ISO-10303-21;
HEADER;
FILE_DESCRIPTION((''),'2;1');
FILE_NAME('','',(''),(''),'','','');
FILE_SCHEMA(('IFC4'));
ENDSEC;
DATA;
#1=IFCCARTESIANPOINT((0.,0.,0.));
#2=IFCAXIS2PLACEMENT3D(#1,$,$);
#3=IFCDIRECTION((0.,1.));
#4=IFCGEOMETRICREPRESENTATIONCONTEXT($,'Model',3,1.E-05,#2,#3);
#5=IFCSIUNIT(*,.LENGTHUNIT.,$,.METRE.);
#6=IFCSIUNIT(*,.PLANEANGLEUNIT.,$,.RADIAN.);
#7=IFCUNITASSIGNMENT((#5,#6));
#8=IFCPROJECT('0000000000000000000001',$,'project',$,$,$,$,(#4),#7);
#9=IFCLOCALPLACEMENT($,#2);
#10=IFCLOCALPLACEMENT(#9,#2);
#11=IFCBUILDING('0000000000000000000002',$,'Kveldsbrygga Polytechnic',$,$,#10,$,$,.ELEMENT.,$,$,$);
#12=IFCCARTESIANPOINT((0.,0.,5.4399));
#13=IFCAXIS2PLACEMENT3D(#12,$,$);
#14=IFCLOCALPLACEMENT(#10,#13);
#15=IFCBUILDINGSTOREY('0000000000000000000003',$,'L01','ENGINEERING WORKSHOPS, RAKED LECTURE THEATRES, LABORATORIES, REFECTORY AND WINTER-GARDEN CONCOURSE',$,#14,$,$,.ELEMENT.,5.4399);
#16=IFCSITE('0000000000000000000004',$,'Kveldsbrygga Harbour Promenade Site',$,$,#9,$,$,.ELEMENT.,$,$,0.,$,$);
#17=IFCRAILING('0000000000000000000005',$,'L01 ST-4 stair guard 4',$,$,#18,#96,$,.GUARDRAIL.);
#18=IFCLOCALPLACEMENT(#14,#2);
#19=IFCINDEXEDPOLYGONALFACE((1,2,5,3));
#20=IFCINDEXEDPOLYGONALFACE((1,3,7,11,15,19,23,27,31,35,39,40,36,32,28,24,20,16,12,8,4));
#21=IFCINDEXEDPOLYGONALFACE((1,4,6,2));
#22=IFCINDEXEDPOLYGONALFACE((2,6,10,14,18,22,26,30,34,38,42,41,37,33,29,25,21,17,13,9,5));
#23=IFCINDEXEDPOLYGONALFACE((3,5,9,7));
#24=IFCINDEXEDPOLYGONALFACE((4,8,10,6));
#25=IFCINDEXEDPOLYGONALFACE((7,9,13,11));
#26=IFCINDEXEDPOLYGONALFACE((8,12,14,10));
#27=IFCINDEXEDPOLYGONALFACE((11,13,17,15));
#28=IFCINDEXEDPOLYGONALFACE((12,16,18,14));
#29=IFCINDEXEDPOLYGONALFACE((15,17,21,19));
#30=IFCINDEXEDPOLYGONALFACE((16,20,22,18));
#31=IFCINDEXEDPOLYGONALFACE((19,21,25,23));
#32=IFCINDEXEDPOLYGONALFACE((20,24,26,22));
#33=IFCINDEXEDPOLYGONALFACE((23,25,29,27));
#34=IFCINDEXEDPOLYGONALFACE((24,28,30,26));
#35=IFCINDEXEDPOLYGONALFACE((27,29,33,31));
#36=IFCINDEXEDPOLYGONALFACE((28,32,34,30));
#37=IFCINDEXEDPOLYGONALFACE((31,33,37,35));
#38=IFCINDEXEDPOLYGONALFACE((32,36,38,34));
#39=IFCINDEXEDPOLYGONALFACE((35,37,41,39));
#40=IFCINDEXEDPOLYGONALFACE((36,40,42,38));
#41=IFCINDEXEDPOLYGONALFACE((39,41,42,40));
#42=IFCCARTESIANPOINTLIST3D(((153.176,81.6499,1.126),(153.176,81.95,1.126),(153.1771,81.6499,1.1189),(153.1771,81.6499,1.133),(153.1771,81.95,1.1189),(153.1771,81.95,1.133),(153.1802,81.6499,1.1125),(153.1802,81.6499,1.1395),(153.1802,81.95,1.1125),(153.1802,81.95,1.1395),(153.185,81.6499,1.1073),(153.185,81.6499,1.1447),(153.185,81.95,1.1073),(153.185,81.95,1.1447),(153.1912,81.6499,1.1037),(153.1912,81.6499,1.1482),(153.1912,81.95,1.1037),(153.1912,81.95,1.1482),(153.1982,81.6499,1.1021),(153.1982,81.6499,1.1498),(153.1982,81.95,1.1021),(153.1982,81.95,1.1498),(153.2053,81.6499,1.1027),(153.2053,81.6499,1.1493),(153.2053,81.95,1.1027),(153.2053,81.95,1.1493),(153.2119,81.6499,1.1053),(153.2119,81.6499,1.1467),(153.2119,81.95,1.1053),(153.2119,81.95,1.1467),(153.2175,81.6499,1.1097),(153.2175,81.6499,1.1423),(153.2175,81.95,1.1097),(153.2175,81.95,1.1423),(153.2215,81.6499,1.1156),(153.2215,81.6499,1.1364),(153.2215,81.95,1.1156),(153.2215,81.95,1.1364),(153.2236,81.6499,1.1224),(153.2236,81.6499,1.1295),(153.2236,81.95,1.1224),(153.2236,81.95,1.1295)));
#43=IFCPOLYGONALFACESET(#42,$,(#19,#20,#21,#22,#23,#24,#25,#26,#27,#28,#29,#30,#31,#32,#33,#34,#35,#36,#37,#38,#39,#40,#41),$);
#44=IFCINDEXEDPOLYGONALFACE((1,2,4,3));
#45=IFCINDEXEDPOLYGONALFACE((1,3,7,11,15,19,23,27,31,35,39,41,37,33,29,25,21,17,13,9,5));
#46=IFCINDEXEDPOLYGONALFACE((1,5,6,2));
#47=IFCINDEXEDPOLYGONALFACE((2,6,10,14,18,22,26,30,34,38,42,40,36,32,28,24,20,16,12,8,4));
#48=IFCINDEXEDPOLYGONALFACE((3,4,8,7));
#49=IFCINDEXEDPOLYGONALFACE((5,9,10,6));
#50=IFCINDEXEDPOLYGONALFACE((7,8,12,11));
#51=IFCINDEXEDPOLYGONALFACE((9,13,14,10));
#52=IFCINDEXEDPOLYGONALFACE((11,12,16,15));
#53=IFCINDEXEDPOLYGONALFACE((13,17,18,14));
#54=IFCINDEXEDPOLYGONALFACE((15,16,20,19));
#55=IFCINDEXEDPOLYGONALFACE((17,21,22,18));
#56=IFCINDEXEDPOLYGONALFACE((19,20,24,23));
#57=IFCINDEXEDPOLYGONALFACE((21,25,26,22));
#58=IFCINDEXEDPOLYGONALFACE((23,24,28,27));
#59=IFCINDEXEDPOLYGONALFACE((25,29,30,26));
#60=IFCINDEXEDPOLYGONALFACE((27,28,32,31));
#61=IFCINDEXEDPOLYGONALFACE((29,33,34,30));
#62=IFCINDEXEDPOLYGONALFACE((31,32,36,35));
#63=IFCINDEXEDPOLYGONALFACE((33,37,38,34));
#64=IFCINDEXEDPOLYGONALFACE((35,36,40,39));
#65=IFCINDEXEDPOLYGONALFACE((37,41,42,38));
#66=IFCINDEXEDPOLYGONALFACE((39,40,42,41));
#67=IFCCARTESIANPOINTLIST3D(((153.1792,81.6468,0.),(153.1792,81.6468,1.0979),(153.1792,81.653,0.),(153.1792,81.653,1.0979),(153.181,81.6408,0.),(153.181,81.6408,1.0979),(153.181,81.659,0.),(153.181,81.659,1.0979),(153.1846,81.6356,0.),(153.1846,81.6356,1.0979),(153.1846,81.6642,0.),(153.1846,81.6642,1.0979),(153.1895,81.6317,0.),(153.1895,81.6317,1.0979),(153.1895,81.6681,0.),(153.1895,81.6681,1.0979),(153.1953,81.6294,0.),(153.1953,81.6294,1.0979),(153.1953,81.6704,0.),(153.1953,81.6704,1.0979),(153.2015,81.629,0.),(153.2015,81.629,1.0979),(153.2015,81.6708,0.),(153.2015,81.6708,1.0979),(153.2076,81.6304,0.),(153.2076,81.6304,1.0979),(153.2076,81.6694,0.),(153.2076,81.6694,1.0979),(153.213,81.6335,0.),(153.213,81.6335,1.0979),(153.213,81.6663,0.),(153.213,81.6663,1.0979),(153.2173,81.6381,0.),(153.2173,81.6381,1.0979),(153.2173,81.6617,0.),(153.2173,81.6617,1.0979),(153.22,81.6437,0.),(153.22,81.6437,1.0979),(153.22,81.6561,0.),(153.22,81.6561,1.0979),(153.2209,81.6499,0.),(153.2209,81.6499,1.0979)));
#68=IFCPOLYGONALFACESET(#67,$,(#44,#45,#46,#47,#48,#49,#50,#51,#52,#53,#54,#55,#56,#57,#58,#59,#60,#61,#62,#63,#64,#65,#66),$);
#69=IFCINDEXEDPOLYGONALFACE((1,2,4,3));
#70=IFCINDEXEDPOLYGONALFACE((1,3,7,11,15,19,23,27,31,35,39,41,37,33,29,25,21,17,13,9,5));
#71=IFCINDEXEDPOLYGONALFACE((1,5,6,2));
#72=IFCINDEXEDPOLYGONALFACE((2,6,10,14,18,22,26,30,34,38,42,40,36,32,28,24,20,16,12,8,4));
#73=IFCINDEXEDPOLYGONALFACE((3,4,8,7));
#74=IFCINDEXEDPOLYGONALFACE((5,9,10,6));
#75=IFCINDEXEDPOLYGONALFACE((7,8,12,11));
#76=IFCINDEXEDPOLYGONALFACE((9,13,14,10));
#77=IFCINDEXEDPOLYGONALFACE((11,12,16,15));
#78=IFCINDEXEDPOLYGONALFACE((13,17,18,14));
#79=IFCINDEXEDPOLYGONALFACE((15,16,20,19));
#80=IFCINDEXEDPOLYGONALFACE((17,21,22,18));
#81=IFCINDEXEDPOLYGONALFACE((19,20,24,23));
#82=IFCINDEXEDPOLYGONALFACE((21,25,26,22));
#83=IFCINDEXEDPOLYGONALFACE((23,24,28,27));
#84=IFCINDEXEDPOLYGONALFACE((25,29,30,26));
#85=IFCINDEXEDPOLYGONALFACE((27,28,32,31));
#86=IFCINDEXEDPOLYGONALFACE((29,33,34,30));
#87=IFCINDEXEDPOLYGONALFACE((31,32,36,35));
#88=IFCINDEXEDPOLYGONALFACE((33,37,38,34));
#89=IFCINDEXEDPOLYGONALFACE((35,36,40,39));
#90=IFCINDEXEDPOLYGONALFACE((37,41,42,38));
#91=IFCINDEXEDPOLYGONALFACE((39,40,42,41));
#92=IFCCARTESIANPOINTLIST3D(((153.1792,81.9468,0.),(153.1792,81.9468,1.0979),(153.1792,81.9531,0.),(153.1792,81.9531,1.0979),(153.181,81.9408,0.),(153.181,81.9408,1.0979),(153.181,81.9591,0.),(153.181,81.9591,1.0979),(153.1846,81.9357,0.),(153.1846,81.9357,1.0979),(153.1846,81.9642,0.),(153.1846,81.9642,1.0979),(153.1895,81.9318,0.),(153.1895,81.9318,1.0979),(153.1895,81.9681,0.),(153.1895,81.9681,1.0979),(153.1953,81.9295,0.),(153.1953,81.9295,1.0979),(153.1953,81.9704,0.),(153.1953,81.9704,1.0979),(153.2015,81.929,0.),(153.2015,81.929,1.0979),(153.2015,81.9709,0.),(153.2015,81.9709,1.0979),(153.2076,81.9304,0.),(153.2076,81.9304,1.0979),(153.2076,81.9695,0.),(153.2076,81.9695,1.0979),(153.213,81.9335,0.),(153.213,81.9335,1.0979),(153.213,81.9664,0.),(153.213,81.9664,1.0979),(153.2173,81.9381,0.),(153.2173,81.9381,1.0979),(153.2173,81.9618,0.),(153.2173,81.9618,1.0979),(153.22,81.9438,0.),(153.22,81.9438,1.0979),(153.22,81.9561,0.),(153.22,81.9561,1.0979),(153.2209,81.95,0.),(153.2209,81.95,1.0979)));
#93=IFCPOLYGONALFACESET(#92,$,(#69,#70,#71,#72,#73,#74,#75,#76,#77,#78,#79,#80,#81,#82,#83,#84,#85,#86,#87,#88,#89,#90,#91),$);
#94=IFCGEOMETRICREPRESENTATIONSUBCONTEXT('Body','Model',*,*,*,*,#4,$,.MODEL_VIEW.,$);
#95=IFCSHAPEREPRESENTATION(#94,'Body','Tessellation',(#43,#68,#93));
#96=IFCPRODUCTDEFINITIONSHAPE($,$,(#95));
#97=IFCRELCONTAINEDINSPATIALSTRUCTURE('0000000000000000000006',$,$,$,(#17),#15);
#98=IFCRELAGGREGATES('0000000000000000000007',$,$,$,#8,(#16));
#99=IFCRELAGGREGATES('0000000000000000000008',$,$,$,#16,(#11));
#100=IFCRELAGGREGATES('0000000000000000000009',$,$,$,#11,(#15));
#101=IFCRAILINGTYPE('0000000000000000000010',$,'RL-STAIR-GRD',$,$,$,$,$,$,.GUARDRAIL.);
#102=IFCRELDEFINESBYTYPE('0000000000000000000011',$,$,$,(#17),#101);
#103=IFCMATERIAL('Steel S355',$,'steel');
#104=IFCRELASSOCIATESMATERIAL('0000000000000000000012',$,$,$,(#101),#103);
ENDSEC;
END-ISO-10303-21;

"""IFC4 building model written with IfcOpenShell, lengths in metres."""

from ifc_helpers import new_model, si_unit, direction, frame, origin, origin_2d, place, context, subcontext, project, spatial, circle, extrude, material, type_object, element, save


model = new_model("IFC4")

# Units and contexts
model_context = context("Model", 3, precision=1e-05, world=origin(), true_north=direction((0.0, 1.0)))
body_context = subcontext(model_context, "Body", "Model", "MODEL_VIEW")
ifc_project = project(units=[si_unit("LENGTHUNIT", "METRE"), si_unit("PLANEANGLEUNIT", "RADIAN")], contexts=[model_context])

# Site, building, storey
site_placement = place(None, origin())
site = spatial("IfcSite", under=ifc_project, at=site_placement, Name="Kveldsbrygga Harbour Promenade Site", CompositionType="ELEMENT", RefElevation=0.0)
building_placement = place(site_placement, origin())
building = spatial("IfcBuilding", under=site, at=building_placement, Name="Kveldsbrygga Polytechnic", CompositionType="ELEMENT")
storey_placement = place(building_placement, frame((0.0, 0.0, 5.4399)))
storey = spatial("IfcBuildingStorey", under=building, at=storey_placement, Name="L01", Description="ENGINEERING WORKSHOPS, RAKED LECTURE THEATRES, LABORATORIES, REFECTORY AND WINTER-GARDEN CONCOURSE", CompositionType="ELEMENT", Elevation=5.4399)

# Railing
ifc_material_1 = material(Name="Steel S355", Category="steel")
railing_type_1 = type_object("IfcRailingType", Name="RL-STAIR-GRD", PredefinedType="GUARDRAIL", material=ifc_material_1)
railing_1_placement = place(storey_placement, frame((153.2, 81.6499, 0.0)))
element("IfcRailing", 1, at=railing_1_placement, inside=storey, type_object=railing_type_1, Name="L01 ST-4 stair guard 4", PredefinedType="GUARDRAIL", context=body_context, shape_type="SweptSolid", body=[
    extrude(circle(Radius=0.0239, at=origin_2d()), frame((0.0, 0.0, 1.126), z_axis=(0.0, 1.0, 0.0), x_axis=(-1.0, 0.0, 0.0)), (0.0, 0.0, 1.0), 0.3),
    extrude(circle(Radius=0.021, at=origin_2d()), origin(), (0.0, 0.0, 1.0), 1.0979),
    extrude(circle(Radius=0.021, at=origin_2d()), frame((0.0, 0.3, 0.0)), (0.0, 0.0, 1.0), 1.0979),
])

save(model, "model.ifc")
